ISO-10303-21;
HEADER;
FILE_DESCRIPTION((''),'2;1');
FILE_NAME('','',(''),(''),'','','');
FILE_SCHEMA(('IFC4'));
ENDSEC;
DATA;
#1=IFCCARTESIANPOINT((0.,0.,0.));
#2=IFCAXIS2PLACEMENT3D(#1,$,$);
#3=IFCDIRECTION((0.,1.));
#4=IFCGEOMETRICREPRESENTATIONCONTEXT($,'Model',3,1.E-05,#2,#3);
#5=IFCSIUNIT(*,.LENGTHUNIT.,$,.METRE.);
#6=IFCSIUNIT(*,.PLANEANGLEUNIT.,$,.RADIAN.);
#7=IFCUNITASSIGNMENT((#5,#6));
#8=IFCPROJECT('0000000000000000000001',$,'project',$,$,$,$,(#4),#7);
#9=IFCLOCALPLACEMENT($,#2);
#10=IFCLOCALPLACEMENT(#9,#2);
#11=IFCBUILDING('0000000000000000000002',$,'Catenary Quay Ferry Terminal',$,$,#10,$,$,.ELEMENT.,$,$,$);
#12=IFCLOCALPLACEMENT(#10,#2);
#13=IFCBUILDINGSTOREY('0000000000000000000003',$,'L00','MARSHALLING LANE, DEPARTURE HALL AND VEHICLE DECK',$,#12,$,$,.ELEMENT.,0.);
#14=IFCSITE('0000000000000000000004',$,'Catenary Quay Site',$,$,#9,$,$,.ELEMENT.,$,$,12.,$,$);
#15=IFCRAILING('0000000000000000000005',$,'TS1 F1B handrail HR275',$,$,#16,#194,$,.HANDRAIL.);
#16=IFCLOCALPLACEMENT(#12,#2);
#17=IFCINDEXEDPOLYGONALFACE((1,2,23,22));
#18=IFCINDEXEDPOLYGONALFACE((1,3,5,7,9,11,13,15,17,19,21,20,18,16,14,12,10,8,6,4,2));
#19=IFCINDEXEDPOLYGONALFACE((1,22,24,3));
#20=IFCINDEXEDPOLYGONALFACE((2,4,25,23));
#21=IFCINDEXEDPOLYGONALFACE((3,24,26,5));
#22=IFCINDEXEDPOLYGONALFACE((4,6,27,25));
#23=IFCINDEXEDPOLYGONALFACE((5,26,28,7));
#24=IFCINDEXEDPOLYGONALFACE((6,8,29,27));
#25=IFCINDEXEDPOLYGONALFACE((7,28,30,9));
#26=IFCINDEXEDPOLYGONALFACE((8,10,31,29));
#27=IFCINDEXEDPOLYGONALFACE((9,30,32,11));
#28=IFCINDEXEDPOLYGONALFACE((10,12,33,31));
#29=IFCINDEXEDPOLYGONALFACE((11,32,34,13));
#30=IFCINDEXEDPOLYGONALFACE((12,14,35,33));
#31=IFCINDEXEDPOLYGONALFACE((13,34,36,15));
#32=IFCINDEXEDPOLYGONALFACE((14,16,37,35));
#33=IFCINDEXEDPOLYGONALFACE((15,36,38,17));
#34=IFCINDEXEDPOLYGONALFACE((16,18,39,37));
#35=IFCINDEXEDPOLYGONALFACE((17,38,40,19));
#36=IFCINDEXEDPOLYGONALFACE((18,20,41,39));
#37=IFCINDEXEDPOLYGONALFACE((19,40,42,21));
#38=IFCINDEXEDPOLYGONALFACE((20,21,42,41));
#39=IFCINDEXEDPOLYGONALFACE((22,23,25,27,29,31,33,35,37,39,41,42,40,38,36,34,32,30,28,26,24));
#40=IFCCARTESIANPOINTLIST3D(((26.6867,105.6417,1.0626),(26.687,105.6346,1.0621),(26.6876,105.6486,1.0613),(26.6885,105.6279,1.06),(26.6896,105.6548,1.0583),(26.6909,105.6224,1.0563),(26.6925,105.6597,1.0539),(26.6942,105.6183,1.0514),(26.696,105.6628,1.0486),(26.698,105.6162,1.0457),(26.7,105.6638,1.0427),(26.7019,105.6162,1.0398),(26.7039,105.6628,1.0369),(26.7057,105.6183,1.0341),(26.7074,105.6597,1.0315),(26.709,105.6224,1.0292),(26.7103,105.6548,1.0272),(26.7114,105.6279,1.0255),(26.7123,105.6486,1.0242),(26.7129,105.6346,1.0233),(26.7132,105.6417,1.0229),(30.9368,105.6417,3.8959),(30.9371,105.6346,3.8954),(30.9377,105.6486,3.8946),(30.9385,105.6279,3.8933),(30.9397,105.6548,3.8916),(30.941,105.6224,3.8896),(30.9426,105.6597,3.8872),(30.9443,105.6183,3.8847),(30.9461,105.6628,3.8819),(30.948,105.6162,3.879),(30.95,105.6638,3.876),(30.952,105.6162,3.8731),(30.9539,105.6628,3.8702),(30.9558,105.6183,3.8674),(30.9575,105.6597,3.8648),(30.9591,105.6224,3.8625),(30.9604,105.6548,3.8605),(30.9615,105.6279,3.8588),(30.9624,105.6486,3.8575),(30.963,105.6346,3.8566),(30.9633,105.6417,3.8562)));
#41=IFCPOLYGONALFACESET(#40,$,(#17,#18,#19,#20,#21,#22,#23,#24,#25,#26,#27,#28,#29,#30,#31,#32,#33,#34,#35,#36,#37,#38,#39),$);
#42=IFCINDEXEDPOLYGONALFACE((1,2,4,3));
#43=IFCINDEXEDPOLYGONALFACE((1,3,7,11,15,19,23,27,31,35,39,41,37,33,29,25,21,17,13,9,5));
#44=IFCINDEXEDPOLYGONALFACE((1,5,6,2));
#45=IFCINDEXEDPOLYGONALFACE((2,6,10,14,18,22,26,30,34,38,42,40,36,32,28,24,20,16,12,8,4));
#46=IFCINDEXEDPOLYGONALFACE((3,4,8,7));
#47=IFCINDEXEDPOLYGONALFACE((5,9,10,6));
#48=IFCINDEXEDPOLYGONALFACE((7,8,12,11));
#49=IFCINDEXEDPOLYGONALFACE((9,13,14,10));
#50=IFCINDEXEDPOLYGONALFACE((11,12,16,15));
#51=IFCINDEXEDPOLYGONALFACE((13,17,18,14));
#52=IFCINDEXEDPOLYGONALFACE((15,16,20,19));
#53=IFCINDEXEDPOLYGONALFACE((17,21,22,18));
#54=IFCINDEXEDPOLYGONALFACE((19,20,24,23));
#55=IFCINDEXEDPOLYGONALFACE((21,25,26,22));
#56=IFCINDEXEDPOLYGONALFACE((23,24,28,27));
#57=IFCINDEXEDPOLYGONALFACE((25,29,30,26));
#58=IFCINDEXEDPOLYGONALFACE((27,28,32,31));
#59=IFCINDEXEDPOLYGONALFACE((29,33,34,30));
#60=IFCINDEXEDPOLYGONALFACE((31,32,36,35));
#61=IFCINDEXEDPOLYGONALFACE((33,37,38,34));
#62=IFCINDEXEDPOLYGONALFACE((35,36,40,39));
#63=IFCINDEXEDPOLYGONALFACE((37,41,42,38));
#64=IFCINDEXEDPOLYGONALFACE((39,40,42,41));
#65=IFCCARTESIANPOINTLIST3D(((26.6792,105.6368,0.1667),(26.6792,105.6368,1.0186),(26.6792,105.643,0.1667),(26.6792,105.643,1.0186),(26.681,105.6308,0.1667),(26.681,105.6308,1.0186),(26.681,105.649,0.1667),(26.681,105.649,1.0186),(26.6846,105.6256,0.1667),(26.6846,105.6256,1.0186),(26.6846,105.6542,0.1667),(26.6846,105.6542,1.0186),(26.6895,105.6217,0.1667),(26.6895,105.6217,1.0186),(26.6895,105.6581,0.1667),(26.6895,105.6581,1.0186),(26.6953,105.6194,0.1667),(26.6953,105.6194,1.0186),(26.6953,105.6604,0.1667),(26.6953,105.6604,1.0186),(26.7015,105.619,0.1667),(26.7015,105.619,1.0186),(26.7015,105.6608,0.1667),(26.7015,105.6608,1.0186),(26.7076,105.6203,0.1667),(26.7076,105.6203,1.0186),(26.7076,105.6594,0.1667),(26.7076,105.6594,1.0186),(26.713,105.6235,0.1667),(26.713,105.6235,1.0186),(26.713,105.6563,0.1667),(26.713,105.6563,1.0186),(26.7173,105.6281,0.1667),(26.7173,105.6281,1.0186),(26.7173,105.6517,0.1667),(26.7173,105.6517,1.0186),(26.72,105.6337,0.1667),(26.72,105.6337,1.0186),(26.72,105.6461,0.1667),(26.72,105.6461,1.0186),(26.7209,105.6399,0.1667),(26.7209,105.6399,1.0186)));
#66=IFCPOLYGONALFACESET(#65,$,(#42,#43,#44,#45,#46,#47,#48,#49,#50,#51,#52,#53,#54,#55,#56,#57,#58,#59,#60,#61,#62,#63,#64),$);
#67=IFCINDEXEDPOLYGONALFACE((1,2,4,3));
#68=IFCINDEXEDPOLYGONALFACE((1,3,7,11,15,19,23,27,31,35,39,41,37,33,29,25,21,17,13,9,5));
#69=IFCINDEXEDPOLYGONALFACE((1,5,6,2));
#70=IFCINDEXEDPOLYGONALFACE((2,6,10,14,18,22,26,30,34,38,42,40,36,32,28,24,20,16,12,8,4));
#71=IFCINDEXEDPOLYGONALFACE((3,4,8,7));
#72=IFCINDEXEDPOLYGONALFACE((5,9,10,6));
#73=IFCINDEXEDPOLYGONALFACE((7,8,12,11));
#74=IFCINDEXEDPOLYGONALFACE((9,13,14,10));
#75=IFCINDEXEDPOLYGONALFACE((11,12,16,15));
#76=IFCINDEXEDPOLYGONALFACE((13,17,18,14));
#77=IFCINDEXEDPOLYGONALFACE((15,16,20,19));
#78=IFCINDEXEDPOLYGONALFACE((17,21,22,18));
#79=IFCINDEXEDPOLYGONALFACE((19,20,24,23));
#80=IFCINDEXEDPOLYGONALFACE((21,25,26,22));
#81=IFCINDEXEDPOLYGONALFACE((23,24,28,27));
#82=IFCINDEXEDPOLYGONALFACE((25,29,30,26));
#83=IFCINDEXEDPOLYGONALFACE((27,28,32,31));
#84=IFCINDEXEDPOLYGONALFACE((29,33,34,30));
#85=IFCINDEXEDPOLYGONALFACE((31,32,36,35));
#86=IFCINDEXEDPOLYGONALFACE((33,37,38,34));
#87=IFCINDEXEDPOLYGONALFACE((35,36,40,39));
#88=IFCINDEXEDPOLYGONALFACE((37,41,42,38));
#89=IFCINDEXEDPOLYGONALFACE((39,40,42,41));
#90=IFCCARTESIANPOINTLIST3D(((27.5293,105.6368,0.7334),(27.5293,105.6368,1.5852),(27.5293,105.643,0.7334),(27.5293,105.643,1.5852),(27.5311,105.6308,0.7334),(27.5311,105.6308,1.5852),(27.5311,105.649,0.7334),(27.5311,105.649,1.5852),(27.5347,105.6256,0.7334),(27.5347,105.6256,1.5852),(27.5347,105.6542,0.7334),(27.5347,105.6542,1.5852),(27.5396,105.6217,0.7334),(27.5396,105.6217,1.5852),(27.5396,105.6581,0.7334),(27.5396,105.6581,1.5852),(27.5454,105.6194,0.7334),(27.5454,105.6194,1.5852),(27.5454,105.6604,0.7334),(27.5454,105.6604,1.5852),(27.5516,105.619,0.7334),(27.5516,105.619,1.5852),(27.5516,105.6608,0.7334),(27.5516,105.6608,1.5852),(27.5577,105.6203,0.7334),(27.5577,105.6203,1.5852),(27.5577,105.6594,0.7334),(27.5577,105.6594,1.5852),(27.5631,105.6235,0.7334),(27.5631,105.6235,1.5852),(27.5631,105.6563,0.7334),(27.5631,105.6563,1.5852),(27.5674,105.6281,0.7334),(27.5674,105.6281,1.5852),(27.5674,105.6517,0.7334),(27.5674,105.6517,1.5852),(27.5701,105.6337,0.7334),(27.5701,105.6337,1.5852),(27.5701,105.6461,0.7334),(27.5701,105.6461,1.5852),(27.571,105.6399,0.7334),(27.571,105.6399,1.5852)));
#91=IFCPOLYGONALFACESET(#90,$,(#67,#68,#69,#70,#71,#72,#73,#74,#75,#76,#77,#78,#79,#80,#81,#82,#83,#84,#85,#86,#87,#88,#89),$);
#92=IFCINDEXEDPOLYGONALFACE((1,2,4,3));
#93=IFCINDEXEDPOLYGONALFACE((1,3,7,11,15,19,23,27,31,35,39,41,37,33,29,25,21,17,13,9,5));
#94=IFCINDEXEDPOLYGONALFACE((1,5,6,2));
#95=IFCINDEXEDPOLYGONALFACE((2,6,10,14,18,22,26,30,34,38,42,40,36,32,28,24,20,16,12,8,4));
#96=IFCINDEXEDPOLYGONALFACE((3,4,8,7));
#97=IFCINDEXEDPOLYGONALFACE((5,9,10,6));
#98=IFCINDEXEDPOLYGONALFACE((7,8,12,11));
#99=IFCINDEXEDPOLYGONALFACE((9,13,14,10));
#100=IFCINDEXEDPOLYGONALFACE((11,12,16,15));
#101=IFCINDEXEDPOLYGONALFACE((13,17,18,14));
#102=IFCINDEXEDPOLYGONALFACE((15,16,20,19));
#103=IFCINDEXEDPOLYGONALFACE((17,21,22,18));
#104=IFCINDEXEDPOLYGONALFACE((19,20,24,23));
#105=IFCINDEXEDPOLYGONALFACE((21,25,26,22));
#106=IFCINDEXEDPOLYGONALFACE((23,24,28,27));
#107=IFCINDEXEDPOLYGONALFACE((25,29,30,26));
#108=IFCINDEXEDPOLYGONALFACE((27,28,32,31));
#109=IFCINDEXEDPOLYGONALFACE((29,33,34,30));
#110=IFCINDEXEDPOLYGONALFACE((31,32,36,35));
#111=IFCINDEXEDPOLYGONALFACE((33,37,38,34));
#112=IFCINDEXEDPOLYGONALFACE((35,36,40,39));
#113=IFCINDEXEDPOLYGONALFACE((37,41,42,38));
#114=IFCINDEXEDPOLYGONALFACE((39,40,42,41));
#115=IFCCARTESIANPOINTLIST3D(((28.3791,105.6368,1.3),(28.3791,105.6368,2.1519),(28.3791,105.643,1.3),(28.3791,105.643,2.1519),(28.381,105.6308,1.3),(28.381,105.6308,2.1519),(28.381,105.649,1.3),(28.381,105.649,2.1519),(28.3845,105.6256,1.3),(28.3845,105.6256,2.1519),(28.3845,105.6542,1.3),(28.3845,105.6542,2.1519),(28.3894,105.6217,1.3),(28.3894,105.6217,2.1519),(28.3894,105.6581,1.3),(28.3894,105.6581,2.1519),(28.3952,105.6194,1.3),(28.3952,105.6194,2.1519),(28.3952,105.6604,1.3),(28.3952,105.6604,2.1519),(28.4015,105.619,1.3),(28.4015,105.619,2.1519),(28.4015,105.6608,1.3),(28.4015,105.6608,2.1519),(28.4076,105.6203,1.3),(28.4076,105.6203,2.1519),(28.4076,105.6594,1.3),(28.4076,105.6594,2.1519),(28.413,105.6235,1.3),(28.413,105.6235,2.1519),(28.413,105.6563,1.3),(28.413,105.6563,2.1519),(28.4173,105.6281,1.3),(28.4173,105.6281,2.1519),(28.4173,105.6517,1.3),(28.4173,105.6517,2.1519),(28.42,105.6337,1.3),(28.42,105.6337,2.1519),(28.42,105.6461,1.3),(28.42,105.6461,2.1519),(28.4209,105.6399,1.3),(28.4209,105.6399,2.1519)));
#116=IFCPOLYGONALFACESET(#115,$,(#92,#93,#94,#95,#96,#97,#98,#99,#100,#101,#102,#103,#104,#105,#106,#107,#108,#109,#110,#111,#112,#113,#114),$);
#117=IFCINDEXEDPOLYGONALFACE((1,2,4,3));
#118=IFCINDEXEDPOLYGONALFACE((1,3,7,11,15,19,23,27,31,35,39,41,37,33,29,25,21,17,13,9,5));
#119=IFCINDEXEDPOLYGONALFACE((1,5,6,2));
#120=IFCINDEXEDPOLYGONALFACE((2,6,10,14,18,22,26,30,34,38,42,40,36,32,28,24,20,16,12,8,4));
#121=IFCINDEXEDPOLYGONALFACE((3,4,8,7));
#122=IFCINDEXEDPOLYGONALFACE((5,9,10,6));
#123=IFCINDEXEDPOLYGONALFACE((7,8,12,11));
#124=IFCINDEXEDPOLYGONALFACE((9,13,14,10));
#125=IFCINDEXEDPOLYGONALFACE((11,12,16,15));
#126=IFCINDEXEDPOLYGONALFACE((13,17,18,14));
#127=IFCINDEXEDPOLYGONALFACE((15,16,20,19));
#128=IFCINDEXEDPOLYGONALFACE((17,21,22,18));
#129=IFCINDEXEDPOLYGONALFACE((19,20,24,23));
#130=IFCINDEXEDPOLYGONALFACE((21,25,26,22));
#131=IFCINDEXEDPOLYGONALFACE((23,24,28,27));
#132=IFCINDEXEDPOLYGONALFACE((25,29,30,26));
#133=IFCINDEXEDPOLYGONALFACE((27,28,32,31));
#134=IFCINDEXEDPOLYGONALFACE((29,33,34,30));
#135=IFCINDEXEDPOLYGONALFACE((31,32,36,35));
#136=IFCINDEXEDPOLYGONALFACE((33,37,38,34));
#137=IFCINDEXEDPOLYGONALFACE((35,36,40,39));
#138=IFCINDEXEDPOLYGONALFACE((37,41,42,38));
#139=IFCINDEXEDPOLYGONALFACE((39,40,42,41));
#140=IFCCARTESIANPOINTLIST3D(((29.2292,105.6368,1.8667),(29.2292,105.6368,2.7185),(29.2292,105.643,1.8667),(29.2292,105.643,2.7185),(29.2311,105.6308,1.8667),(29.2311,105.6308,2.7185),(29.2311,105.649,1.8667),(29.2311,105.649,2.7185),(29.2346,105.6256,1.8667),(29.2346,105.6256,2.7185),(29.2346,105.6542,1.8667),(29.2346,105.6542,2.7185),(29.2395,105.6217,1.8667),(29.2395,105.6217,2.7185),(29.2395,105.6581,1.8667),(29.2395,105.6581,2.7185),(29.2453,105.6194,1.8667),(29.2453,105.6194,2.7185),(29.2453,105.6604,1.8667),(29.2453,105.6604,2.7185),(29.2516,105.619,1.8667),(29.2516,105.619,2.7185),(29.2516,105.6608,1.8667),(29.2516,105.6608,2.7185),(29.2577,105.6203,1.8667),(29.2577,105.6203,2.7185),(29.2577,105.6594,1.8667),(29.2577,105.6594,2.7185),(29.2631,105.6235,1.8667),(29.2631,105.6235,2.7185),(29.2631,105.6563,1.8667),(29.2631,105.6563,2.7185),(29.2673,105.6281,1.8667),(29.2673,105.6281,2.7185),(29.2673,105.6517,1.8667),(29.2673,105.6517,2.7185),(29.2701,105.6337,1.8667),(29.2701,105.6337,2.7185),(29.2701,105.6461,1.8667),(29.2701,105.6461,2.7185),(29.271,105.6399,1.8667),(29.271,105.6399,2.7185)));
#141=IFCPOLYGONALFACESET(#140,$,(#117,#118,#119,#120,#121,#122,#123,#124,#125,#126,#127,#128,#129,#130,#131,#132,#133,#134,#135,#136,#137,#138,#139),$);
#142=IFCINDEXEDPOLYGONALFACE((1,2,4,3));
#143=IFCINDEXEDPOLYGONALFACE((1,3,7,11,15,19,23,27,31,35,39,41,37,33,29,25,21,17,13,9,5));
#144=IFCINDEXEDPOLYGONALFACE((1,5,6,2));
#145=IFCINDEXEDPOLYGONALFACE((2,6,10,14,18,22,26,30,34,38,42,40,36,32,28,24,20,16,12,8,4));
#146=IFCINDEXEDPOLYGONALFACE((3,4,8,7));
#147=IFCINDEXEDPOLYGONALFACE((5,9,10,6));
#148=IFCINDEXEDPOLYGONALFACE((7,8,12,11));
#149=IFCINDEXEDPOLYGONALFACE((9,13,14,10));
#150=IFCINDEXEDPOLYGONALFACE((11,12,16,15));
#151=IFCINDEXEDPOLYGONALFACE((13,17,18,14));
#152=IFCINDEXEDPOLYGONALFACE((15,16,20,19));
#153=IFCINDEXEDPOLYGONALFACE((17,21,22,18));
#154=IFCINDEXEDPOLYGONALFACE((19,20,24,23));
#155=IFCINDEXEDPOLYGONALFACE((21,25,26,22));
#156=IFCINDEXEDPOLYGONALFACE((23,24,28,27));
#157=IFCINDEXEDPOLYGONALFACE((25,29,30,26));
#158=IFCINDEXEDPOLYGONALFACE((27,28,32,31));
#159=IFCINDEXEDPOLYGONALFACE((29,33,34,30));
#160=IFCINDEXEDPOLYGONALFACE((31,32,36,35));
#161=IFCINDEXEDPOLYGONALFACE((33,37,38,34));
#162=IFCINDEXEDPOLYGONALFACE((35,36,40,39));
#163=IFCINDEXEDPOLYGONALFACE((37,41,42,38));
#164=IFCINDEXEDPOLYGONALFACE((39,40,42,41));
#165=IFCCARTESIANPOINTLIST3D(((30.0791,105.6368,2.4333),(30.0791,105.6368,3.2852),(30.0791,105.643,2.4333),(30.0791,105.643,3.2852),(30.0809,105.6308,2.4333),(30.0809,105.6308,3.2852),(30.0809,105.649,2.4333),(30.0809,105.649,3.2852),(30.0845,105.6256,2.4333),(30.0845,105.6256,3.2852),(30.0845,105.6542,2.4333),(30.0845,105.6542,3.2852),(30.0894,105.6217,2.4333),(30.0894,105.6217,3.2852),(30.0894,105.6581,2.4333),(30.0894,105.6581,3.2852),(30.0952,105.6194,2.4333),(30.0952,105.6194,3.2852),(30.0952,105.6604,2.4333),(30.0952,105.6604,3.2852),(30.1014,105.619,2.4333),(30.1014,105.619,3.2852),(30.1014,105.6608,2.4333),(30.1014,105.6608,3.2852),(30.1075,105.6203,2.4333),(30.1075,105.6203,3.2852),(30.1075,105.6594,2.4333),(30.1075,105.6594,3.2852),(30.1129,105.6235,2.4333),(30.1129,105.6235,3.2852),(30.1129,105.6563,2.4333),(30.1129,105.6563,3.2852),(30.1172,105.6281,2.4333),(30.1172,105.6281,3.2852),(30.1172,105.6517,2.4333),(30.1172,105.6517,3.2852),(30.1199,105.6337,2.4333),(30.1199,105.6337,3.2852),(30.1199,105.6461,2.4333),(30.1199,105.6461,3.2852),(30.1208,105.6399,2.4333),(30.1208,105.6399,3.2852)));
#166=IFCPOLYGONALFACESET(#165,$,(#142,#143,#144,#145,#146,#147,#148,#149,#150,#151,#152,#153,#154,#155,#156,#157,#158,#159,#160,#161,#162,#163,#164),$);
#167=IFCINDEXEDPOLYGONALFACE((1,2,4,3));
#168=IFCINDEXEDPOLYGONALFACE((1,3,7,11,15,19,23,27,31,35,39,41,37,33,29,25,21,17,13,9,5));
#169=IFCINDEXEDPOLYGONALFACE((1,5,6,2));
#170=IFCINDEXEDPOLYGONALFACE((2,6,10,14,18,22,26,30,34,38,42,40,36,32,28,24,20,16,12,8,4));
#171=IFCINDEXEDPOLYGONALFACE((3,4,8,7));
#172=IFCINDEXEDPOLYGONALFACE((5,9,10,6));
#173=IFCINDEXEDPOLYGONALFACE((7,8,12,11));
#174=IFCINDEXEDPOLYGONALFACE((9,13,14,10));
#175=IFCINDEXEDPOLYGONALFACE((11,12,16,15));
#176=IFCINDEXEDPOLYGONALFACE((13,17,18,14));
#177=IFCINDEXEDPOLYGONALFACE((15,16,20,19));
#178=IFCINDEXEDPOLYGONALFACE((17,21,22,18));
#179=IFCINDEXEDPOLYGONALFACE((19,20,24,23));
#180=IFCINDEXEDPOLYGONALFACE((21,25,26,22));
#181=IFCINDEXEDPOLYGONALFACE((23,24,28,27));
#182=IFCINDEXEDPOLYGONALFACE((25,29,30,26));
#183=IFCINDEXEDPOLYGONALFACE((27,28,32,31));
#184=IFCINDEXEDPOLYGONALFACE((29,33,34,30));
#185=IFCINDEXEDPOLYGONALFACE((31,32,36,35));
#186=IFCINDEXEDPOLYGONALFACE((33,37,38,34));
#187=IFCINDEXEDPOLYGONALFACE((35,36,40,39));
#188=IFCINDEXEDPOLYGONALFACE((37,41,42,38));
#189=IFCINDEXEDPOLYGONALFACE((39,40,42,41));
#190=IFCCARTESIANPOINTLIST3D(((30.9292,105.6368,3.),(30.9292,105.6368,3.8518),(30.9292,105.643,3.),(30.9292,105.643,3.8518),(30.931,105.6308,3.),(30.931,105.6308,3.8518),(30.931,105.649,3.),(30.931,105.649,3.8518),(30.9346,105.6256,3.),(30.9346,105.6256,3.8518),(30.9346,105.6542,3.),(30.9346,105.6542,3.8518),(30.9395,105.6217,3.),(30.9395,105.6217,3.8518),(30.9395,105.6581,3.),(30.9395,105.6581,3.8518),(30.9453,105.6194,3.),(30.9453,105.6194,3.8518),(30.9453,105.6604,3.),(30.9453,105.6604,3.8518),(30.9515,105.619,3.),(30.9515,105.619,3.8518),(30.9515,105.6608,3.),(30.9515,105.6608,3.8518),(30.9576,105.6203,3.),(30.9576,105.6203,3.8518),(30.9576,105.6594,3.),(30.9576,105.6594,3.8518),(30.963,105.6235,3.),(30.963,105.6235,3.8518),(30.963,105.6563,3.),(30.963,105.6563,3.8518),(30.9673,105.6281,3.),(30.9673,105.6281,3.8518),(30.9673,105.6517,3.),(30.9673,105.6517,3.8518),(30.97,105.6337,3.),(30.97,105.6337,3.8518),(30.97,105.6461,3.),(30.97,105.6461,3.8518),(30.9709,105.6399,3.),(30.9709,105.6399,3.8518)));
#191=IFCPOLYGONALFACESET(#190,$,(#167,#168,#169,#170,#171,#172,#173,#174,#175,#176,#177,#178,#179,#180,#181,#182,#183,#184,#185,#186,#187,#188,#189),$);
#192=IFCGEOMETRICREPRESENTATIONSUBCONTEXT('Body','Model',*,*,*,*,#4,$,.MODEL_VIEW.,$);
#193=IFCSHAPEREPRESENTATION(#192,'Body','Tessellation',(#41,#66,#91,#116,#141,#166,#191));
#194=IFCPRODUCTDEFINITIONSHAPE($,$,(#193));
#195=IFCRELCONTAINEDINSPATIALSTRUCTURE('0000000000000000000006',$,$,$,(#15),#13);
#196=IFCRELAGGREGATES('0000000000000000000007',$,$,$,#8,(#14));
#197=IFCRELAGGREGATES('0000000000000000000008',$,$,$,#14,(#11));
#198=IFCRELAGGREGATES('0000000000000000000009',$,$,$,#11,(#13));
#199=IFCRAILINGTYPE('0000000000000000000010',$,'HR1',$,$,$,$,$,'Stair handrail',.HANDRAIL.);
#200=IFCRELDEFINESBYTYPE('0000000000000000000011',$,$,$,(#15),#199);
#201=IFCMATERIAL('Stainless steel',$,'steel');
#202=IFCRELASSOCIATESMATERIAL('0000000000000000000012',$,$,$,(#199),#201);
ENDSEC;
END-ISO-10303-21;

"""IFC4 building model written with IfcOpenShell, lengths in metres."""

from ifc_helpers import new_model, si_unit, direction, frame, origin, origin_2d, place, context, subcontext, project, spatial, circle, extrude, material, type_object, element, save


model = new_model("IFC4")

# Units and contexts
model_context = context("Model", 3, precision=1e-05, world=origin(), true_north=direction((0.0, 1.0)))
body_context = subcontext(model_context, "Body", "Model", "MODEL_VIEW")
ifc_project = project(units=[si_unit("LENGTHUNIT", "METRE"), si_unit("PLANEANGLEUNIT", "RADIAN")], contexts=[model_context])

# Site, building, storey
site_placement = place(None, origin())
site = spatial("IfcSite", under=ifc_project, at=site_placement, Name="Catenary Quay Site", CompositionType="ELEMENT", RefElevation=12.0)
building_placement = place(site_placement, origin())
building = spatial("IfcBuilding", under=site, at=building_placement, Name="Catenary Quay Ferry Terminal", CompositionType="ELEMENT")
storey_placement = place(building_placement, origin())
storey = spatial("IfcBuildingStorey", under=building, at=storey_placement, Name="L00", Description="MARSHALLING LANE, DEPARTURE HALL AND VEHICLE DECK", CompositionType="ELEMENT", Elevation=0.0)

# Railing
ifc_material_1 = material(Name="Stainless steel", Category="steel")
railing_type_1 = type_object("IfcRailingType", Name="HR1", ElementType="Stair handrail", PredefinedType="HANDRAIL", material=ifc_material_1)
for number, where, name in (
    (1, (26.7, 105.6399, 0.1667), "TS1 F1B handrail HR275"),
):
    element("IfcRailing", number, at=place(storey_placement, frame(where)), inside=storey, type_object=railing_type_1, Name=name, PredefinedType="HANDRAIL", context=body_context, shape_type="SweptSolid", body=[
        extrude(circle(Radius=0.0239, at=origin_2d()), frame((0.0, 0.0, 0.876), z_axis=(0.832058, 0.0, 0.554689), x_axis=(0.0, 1.0, 0.0)), (0.0, 0.0, 1.0), 5.1079),
        extrude(circle(Radius=0.021, at=origin_2d()), origin(), (0.0, 0.0, 1.0), 0.8518),
        extrude(circle(Radius=0.021, at=origin_2d()), frame((0.8501, 0.0, 0.5667)), (0.0, 0.0, 1.0), 0.8518),
        extrude(circle(Radius=0.021, at=origin_2d()), frame((1.7, 0.0, 1.1333)), (0.0, 0.0, 1.0), 0.8518),
        extrude(circle(Radius=0.021, at=origin_2d()), frame((2.55, 0.0, 1.7)), (0.0, 0.0, 1.0), 0.8518),
        extrude(circle(Radius=0.021, at=origin_2d()), frame((3.3999, 0.0, 2.2666)), (0.0, 0.0, 1.0), 0.8518),
        extrude(circle(Radius=0.021, at=origin_2d()), frame((4.25, 0.0, 2.8333)), (0.0, 0.0, 1.0), 0.8518),
    ])

save(model, "model.ifc")
